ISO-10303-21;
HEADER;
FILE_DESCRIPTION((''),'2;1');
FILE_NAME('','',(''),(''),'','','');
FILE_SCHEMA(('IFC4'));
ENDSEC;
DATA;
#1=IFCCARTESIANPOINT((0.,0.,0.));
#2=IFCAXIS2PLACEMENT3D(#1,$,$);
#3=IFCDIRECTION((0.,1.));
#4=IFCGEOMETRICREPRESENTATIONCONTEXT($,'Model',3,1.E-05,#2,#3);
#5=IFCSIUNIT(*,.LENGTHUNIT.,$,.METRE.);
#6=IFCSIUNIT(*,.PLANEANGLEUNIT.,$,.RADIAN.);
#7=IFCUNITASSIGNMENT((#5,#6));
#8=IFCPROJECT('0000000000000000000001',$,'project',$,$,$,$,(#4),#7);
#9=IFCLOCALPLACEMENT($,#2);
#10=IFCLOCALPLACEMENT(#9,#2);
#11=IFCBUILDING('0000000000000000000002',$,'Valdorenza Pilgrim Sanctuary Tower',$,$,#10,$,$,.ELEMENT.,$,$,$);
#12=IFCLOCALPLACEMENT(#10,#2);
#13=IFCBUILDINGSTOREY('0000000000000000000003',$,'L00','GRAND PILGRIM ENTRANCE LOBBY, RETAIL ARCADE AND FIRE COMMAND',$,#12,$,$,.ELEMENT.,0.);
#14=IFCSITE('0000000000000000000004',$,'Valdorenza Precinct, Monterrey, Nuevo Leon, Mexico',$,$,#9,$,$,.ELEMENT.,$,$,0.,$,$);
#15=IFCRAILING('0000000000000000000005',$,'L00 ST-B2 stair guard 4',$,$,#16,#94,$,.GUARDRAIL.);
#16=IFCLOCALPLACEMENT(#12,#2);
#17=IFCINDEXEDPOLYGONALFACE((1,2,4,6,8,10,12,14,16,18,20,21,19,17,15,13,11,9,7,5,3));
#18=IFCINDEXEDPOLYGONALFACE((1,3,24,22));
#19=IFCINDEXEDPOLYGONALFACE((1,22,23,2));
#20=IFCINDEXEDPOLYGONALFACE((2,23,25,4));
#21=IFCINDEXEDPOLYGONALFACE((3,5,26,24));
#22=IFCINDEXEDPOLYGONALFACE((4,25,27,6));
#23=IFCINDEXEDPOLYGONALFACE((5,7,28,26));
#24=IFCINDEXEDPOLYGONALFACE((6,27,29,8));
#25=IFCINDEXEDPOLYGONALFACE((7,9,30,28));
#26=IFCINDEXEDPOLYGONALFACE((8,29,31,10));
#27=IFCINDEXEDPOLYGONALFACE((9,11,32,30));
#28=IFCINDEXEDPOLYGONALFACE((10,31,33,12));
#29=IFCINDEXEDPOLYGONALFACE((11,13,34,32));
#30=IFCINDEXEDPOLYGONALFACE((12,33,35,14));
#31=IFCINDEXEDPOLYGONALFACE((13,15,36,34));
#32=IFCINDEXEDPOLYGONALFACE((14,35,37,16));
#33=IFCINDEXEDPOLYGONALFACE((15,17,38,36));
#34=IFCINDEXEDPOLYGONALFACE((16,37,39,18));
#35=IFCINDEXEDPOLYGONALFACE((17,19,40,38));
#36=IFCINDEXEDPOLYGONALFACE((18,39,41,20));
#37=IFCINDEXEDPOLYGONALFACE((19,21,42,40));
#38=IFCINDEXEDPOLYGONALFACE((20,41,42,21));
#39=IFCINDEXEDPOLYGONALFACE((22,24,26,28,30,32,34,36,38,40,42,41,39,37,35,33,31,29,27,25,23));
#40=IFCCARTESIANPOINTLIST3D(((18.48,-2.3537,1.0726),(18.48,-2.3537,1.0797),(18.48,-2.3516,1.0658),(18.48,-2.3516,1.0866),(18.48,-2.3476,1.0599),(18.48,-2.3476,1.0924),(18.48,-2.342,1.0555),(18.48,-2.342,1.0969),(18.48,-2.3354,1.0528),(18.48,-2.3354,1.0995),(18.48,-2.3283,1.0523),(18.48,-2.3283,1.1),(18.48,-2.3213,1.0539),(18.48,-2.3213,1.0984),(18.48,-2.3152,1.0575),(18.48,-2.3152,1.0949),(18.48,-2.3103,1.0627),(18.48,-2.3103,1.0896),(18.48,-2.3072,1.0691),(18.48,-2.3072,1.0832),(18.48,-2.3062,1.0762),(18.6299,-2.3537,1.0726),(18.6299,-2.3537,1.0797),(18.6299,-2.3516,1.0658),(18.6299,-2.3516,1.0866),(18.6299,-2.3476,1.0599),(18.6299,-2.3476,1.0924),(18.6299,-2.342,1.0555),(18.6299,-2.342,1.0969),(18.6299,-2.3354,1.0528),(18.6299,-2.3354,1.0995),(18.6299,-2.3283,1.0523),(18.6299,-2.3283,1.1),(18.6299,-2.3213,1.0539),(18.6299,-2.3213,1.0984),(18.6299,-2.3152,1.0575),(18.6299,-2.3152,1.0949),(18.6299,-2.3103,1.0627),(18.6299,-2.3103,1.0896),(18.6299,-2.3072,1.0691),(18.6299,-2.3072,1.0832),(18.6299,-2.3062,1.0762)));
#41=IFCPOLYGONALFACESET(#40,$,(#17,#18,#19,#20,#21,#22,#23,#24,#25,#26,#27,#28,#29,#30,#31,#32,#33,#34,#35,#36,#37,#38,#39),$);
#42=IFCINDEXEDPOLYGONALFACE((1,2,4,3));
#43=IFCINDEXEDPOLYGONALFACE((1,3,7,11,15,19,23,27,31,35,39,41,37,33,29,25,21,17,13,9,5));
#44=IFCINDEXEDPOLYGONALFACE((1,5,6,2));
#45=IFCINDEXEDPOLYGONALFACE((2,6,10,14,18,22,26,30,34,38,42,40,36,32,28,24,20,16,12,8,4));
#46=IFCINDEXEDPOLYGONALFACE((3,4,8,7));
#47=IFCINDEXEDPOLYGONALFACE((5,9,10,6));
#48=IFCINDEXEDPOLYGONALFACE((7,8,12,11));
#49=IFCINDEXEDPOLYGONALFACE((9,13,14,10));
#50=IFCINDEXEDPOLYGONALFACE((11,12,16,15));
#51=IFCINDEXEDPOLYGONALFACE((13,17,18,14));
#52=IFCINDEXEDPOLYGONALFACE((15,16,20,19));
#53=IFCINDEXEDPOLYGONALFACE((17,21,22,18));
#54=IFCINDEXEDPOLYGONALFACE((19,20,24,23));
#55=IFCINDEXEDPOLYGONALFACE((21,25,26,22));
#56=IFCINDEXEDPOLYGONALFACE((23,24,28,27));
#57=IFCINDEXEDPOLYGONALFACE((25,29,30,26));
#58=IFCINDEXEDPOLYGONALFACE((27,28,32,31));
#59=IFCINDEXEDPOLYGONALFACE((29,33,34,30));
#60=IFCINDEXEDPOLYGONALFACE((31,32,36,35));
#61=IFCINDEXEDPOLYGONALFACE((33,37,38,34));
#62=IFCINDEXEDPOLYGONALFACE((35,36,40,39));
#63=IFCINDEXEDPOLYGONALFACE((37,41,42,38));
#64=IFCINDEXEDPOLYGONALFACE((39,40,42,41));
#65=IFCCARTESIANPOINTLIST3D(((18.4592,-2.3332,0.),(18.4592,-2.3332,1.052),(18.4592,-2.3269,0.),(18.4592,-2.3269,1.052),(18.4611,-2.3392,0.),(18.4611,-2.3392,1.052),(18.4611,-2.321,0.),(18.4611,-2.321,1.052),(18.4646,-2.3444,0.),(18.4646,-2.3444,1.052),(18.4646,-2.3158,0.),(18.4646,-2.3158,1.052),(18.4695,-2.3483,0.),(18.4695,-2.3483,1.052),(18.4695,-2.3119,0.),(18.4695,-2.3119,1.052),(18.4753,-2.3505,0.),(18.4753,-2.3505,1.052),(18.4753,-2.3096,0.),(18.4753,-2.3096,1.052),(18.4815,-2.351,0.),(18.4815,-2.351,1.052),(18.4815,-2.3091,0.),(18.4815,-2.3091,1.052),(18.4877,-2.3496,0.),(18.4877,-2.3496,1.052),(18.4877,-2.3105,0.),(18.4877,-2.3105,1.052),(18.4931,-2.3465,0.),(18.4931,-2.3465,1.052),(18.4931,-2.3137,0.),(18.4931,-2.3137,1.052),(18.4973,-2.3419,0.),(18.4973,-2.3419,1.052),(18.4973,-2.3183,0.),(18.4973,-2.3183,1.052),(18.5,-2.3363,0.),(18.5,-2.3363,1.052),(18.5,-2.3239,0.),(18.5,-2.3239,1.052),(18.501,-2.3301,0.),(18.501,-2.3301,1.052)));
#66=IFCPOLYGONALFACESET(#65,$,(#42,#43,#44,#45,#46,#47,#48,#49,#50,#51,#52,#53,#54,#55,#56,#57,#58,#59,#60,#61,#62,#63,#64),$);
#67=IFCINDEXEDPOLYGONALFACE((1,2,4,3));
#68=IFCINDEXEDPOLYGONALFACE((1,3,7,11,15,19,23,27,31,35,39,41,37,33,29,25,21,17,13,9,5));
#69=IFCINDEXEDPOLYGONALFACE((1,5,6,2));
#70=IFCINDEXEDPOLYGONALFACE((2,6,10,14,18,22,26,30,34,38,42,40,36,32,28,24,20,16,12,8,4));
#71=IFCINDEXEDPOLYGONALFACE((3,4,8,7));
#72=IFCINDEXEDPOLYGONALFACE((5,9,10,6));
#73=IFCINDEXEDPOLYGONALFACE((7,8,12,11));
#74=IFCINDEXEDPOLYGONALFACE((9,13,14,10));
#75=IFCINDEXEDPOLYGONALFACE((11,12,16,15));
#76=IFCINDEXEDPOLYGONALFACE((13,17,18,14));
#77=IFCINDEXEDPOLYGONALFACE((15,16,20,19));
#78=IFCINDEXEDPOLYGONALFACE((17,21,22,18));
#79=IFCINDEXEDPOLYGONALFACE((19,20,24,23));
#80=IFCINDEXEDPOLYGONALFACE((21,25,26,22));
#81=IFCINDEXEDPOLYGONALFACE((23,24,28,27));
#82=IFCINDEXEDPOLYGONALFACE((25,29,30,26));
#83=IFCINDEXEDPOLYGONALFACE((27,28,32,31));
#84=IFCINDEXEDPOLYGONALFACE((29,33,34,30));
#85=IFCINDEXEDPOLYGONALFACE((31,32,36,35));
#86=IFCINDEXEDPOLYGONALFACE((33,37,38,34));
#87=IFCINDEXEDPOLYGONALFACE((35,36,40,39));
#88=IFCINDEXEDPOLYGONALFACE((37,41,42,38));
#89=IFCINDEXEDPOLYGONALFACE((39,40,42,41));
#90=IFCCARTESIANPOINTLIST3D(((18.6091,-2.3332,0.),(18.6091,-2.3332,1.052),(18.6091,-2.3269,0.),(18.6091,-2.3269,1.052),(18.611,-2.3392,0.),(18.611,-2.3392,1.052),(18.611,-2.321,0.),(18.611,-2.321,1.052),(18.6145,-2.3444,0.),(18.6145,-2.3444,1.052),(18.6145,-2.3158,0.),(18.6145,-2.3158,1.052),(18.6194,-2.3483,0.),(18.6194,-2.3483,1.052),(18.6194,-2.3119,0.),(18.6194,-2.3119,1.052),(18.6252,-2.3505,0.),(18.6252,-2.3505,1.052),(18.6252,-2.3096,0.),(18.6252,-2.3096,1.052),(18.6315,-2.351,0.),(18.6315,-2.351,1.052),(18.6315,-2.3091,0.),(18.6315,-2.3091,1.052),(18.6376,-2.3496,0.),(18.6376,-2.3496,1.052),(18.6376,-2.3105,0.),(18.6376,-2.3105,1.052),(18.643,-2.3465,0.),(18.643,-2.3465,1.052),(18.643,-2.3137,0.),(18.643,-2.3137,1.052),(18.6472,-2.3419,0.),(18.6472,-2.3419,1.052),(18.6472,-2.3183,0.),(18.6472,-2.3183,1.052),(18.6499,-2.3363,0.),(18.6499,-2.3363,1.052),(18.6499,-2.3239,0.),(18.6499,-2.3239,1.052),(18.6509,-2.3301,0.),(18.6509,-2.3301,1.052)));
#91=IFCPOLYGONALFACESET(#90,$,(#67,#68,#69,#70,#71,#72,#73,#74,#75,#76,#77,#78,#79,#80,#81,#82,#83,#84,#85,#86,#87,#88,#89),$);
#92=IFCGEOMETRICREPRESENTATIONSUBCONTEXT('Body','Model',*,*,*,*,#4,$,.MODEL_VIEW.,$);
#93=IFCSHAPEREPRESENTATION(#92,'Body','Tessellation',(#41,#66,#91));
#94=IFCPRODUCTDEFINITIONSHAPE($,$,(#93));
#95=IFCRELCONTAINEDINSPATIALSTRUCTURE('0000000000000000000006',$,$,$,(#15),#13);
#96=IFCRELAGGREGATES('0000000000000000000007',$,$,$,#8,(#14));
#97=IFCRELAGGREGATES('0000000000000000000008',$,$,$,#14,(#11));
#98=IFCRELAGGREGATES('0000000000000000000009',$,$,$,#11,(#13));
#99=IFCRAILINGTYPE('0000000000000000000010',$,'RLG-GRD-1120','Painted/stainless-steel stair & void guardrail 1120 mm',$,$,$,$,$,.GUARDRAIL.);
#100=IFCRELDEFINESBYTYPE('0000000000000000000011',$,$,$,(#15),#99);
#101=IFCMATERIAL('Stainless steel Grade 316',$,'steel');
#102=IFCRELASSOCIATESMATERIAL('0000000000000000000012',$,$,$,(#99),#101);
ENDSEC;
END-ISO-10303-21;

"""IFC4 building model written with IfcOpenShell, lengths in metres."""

from ifc_helpers import new_model, si_unit, direction, frame, origin, origin_2d, place, context, subcontext, project, spatial, circle, extrude, material, type_object, element, save


model = new_model("IFC4")

# Units and contexts
model_context = context("Model", 3, precision=1e-05, world=origin(), true_north=direction((0.0, 1.0)))
body_context = subcontext(model_context, "Body", "Model", "MODEL_VIEW")
ifc_project = project(units=[si_unit("LENGTHUNIT", "METRE"), si_unit("PLANEANGLEUNIT", "RADIAN")], contexts=[model_context])

# Site, building, storey
site_placement = place(None, origin())
site = spatial("IfcSite", under=ifc_project, at=site_placement, Name="Valdorenza Precinct, Monterrey, Nuevo Leon, Mexico", CompositionType="ELEMENT", RefElevation=0.0)
building_placement = place(site_placement, origin())
building = spatial("IfcBuilding", under=site, at=building_placement, Name="Valdorenza Pilgrim Sanctuary Tower", CompositionType="ELEMENT")
storey_placement = place(building_placement, origin())
storey = spatial("IfcBuildingStorey", under=building, at=storey_placement, Name="L00", Description="GRAND PILGRIM ENTRANCE LOBBY, RETAIL ARCADE AND FIRE COMMAND", CompositionType="ELEMENT", Elevation=0.0)

# Railing
ifc_material_1 = material(Name="Stainless steel Grade 316", Category="steel")
railing_type_1 = type_object("IfcRailingType", Name="RLG-GRD-1120", Description="Painted/stainless-steel stair & void guardrail 1120 mm", PredefinedType="GUARDRAIL", material=ifc_material_1)
railing_1_placement = place(storey_placement, frame((18.48, -2.3301, 0.0)))
element("IfcRailing", 1, at=railing_1_placement, inside=storey, type_object=railing_type_1, Name="L00 ST-B2 stair guard 4", PredefinedType="GUARDRAIL", context=body_context, shape_type="SweptSolid", body=[
    extrude(circle(Radius=0.0239, at=origin_2d()), frame((0.0, 0.0, 1.0762), z_axis=(1.0, 0.0, 0.0), x_axis=(0.0, 1.0, 0.0)), (0.0, 0.0, 1.0), 0.1499),
    extrude(circle(Radius=0.021, at=origin_2d()), origin(), (0.0, 0.0, 1.0), 1.052),
    extrude(circle(Radius=0.021, at=origin_2d()), frame((0.1499, 0.0, 0.0)), (0.0, 0.0, 1.0), 1.052),
])

save(model, "model.ifc")
